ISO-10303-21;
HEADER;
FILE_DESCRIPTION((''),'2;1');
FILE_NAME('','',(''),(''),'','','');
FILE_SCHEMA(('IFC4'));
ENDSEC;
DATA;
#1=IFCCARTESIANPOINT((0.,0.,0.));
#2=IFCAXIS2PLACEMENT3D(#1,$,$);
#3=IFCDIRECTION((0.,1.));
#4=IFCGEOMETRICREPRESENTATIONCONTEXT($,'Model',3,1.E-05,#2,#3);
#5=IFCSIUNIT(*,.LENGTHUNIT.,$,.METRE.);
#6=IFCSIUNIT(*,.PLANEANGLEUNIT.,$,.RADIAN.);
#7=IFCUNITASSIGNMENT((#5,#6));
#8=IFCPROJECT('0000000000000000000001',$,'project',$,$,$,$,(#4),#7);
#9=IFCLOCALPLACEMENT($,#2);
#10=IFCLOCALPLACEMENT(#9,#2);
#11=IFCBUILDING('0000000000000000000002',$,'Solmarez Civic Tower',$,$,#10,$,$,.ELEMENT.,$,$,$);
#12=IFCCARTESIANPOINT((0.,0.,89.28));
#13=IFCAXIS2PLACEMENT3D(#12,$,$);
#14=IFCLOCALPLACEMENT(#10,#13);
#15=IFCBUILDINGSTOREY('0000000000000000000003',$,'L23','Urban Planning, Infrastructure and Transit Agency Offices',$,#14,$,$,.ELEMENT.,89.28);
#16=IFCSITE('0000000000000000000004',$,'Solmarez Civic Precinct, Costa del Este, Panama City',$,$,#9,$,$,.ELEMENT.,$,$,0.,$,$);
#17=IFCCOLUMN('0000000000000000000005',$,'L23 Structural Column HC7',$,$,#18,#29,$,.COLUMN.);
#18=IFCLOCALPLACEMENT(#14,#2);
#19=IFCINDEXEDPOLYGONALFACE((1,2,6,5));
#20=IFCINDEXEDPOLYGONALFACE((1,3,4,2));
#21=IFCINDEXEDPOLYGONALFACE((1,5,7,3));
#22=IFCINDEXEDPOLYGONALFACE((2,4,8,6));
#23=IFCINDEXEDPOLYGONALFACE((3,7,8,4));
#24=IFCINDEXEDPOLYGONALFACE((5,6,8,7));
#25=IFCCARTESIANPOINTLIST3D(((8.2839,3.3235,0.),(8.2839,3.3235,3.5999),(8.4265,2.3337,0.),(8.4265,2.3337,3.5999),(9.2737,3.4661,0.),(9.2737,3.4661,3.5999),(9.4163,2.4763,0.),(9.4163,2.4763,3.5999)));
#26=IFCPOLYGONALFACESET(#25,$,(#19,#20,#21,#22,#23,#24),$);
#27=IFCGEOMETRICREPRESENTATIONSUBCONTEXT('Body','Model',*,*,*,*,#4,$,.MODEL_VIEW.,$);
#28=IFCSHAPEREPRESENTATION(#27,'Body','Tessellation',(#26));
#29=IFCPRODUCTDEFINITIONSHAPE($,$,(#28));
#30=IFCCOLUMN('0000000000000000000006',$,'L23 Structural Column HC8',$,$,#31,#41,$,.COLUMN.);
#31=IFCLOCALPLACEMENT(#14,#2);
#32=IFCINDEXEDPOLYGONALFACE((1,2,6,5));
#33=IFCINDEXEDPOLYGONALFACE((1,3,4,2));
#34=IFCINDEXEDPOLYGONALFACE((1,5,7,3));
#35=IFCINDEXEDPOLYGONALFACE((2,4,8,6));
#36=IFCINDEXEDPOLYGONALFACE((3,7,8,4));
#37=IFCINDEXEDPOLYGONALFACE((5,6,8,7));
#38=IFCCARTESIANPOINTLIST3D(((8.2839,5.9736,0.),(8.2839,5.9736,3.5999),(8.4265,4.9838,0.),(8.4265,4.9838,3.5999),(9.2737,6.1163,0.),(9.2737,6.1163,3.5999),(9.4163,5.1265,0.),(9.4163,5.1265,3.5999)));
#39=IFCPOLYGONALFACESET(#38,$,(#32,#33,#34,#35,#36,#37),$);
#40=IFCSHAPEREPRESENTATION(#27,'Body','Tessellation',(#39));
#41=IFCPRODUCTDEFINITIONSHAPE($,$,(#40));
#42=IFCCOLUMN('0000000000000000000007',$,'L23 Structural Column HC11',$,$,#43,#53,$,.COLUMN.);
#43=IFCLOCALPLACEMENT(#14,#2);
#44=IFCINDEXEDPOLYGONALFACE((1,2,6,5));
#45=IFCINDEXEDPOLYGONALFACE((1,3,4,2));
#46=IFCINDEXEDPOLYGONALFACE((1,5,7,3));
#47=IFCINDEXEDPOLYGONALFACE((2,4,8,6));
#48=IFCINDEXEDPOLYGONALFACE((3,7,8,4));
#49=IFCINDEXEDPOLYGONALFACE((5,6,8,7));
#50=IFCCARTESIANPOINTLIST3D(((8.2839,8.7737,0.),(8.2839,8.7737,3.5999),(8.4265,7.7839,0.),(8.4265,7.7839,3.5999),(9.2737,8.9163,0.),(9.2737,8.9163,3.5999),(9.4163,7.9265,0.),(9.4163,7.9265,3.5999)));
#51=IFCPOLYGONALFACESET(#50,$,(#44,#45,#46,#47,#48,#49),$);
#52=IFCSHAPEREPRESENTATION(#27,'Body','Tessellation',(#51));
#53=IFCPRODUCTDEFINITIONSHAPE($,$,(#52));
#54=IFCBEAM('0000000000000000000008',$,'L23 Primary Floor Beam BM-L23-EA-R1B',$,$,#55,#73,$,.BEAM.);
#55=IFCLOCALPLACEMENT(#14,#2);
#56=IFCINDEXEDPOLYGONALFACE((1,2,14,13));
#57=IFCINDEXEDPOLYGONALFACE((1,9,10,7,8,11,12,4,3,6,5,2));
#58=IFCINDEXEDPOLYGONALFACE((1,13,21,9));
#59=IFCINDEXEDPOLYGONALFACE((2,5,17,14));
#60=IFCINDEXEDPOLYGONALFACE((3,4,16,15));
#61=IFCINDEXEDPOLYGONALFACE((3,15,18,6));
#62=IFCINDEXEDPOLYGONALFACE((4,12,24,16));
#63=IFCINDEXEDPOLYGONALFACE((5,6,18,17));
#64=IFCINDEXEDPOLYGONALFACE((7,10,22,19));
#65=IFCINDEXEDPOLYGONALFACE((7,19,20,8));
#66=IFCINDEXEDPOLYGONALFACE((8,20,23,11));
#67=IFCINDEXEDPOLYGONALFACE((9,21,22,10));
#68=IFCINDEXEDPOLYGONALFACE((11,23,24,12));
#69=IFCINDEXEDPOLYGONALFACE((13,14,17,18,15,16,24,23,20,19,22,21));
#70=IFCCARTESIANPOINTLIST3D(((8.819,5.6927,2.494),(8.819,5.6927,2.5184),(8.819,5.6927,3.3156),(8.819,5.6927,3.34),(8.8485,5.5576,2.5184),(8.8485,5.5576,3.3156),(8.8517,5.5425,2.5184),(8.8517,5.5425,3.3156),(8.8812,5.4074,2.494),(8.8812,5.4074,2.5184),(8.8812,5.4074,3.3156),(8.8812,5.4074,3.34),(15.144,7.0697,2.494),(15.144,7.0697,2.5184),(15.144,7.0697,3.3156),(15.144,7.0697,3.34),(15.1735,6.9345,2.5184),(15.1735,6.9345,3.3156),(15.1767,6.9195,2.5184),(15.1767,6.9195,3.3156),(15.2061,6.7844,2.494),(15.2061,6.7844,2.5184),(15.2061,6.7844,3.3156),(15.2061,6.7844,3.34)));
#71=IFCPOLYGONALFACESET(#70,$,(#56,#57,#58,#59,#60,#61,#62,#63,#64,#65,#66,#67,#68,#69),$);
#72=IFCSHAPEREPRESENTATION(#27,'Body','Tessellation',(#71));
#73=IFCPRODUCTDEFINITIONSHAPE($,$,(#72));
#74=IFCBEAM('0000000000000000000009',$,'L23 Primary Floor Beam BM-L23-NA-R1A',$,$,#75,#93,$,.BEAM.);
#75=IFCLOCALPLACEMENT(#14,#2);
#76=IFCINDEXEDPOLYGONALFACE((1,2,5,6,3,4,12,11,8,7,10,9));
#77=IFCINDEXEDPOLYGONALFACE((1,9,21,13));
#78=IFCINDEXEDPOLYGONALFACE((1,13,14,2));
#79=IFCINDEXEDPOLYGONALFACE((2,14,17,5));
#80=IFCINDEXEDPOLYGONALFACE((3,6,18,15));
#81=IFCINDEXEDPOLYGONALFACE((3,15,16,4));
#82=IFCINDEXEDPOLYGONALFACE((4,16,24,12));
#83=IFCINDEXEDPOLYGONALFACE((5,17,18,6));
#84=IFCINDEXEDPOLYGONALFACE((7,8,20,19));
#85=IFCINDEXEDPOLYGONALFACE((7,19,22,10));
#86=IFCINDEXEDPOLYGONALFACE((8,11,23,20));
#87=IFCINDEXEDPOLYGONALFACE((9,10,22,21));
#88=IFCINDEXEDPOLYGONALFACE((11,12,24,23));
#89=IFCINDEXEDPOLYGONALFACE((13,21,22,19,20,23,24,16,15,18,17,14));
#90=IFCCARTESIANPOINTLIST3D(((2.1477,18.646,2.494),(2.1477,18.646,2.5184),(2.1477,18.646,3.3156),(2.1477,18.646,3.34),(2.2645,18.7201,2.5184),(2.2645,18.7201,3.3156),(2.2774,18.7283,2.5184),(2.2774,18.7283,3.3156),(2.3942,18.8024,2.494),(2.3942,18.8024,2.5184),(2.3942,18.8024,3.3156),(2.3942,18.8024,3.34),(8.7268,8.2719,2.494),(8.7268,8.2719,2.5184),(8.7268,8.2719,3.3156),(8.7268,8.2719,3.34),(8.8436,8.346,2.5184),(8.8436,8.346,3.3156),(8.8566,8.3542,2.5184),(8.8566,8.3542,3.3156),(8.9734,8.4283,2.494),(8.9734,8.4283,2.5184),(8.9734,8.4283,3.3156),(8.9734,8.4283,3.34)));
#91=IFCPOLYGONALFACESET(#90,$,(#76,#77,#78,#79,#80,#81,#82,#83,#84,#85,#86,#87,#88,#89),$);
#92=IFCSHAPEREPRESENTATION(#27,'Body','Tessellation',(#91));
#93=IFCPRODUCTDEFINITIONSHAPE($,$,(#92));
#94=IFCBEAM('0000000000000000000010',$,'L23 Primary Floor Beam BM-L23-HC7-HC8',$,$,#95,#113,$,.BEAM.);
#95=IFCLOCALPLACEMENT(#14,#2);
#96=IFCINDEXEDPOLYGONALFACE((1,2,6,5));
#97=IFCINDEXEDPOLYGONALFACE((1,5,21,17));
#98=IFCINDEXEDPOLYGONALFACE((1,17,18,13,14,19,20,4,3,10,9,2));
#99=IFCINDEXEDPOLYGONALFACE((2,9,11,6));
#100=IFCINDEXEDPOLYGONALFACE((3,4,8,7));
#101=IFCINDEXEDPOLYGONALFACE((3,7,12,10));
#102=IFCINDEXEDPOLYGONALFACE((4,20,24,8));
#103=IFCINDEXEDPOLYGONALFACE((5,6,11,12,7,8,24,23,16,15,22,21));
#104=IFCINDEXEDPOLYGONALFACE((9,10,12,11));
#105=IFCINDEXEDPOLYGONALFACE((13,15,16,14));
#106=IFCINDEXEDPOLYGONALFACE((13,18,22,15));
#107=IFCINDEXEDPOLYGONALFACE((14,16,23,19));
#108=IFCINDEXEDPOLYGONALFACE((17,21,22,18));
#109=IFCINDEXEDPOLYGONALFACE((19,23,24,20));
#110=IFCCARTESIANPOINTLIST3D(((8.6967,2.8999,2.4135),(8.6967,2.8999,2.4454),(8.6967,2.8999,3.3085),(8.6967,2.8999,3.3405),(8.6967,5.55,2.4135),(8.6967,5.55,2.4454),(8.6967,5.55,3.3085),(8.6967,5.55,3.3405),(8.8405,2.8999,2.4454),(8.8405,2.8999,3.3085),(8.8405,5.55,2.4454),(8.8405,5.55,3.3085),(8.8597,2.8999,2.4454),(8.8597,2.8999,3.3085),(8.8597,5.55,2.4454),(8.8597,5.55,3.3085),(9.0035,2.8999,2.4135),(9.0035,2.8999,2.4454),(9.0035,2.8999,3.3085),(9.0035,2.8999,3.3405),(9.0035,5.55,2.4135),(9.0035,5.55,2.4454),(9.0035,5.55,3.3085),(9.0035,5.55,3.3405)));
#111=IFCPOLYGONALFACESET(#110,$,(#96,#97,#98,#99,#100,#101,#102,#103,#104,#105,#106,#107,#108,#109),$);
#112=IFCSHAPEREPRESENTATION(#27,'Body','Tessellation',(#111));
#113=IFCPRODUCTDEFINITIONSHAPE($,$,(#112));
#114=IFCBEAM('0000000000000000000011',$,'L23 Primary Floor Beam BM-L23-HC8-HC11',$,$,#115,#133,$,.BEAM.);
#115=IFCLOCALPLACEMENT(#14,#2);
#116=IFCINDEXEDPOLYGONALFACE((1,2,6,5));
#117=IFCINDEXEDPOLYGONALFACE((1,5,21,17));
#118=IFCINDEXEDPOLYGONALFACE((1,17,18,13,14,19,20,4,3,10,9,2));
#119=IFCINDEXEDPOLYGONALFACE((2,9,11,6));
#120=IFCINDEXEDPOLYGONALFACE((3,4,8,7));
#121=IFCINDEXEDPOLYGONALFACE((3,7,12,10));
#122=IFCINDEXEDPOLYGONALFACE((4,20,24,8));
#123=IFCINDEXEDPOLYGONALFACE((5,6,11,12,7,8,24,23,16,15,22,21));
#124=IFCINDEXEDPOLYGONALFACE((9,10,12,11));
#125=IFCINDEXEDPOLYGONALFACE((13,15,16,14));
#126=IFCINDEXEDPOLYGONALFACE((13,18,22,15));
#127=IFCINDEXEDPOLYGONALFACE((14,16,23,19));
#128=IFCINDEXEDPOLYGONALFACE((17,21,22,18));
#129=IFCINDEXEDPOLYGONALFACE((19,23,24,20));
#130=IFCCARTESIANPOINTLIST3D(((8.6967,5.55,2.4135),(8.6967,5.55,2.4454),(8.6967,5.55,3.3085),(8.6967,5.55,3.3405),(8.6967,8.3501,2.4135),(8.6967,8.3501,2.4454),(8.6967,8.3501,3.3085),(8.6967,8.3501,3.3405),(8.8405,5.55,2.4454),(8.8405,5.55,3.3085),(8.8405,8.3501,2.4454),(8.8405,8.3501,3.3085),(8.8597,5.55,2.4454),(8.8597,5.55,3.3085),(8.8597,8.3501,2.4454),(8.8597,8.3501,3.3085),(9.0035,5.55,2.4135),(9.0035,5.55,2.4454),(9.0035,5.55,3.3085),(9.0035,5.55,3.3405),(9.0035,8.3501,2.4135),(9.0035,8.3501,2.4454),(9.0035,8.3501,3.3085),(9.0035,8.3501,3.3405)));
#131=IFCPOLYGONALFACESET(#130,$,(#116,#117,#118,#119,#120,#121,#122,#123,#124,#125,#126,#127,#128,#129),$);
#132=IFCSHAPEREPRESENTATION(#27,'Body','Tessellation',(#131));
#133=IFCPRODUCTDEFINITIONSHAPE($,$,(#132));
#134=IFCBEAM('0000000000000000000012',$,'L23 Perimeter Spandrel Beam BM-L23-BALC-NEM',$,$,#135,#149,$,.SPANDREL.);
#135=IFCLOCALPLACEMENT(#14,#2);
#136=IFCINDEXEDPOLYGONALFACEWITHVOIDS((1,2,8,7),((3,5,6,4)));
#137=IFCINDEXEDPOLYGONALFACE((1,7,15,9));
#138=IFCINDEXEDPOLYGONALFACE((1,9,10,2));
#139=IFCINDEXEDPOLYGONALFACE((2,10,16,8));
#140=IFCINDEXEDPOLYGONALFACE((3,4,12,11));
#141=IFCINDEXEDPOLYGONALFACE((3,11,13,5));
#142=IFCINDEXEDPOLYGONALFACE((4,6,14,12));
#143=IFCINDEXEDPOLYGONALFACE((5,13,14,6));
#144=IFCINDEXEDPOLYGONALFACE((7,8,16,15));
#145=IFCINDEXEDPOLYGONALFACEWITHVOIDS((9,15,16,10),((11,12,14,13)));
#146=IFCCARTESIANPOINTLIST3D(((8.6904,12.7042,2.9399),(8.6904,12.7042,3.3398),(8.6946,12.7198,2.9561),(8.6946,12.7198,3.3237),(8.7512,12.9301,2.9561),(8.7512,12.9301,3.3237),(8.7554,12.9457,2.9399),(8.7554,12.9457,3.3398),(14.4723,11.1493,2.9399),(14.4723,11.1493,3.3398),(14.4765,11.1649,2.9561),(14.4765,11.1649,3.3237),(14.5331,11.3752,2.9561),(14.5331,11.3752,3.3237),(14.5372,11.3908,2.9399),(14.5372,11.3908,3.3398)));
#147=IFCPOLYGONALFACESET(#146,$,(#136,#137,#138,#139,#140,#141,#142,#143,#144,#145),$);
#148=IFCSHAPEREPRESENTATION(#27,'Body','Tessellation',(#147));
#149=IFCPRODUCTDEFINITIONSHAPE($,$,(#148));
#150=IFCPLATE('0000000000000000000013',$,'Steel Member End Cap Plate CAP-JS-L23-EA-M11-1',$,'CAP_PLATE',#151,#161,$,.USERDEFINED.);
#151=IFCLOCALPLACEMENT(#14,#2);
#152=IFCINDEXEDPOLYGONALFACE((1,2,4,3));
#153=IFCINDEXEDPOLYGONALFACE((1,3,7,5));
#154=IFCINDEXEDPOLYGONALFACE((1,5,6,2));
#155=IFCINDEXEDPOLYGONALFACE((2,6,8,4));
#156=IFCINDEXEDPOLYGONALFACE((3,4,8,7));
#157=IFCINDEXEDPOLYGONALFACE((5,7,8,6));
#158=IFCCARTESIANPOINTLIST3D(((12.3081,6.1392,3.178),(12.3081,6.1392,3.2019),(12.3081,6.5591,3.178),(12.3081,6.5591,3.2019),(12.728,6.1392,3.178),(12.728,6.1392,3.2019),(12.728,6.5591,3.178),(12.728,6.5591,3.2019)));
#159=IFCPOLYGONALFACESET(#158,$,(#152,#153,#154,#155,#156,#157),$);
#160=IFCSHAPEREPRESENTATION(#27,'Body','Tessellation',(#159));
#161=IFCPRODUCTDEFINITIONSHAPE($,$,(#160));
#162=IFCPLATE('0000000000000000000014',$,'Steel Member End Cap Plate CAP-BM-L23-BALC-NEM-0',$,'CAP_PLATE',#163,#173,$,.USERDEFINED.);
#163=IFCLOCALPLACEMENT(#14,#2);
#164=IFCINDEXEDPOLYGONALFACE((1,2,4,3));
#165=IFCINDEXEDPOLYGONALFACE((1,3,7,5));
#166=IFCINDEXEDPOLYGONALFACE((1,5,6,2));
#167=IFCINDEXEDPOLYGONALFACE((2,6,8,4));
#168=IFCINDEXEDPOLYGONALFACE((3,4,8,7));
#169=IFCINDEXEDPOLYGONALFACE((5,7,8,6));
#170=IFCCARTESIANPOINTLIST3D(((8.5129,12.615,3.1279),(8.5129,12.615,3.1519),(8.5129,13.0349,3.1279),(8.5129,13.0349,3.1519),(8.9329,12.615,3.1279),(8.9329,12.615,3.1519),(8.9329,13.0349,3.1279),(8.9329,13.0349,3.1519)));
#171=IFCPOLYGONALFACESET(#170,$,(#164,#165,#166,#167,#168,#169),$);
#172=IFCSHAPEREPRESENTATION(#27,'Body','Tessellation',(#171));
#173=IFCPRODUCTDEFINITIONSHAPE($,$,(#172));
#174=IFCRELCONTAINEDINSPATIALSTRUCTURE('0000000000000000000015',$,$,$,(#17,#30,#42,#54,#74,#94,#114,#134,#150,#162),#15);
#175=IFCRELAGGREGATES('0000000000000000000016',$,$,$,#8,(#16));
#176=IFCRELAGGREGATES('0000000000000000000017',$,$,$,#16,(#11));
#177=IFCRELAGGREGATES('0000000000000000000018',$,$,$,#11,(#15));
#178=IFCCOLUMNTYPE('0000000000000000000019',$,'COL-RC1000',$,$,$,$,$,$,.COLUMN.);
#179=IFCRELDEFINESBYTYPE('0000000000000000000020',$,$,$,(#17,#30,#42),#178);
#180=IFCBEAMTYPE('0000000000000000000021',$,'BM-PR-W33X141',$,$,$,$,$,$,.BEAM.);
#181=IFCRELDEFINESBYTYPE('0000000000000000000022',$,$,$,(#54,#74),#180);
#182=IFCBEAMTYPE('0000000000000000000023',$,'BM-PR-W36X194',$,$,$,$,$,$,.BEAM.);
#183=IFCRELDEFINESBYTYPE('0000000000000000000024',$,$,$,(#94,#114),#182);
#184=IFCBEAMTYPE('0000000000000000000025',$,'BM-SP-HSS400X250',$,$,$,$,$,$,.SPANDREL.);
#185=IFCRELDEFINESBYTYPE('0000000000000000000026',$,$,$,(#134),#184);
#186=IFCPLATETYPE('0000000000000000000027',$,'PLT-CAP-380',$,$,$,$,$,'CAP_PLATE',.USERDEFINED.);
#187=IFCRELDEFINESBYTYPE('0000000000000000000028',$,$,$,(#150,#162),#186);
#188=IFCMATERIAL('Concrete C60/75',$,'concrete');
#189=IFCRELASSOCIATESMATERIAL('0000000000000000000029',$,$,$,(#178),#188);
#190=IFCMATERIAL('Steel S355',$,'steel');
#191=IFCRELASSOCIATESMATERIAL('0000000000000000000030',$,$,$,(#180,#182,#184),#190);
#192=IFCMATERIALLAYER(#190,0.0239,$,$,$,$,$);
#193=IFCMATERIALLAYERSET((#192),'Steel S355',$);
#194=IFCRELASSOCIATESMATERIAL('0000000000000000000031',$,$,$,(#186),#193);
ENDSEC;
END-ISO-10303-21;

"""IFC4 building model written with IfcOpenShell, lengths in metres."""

from ifc_helpers import new_model, si_unit, direction, frame, origin, origin_2d, place, context, subcontext, project, spatial, rectangle, hollow_rectangle, i_section, extrude, material, layer, layer_set, material_profile, profile_set, type_object, element, save


model = new_model("IFC4")

# Units and contexts
model_context = context("Model", 3, precision=1e-05, world=origin(), true_north=direction((0.0, 1.0)))
body_context = subcontext(model_context, "Body", "Model", "MODEL_VIEW")
ifc_project = project(units=[si_unit("LENGTHUNIT", "METRE"), si_unit("PLANEANGLEUNIT", "RADIAN")], contexts=[model_context])

# Site, building, storey
site_placement = place(None, origin())
site = spatial("IfcSite", under=ifc_project, at=site_placement, Name="Solmarez Civic Precinct, Costa del Este, Panama City", CompositionType="ELEMENT", RefElevation=0.0)
building_placement = place(site_placement, origin())
building = spatial("IfcBuilding", under=site, at=building_placement, Name="Solmarez Civic Tower", CompositionType="ELEMENT")
storey_placement = place(building_placement, frame((0.0, 0.0, 89.28)))
storey = spatial("IfcBuildingStorey", under=building, at=storey_placement, Name="L23", Description="Urban Planning, Infrastructure and Transit Agency Offices", CompositionType="ELEMENT", Elevation=89.28)

# Columns
ifc_material_1 = material(Name="Concrete C60/75", Category="concrete")
ifc_material_profile_1 = material_profile(ifc_material_1, rectangle(XDim=1.0, YDim=1.0, at=origin_2d()), Name="RC1000X1000")
ifc_profile_set_1 = profile_set([ifc_material_profile_1], Name="Concrete C60/75")
column_type = type_object("IfcColumnType", Name="COL-RC1000", PredefinedType="COLUMN", material=ifc_profile_set_1)
for number, where, z_axis, x_axis, name in (
    (1, (8.8501, 2.8999, 0.0), (0.0, 0.0, 1.0), (0.989776, 0.142629, 0.0), "L23 Structural Column HC7"),
    (2, (8.8501, 5.55, 0.0), (0.0, 0.0, 1.0), (0.989776, 0.142629, 0.0), "L23 Structural Column HC8"),
    (3, (8.8501, 8.3501, 0.0), (0.0, 0.0, 1.0), (0.989776, 0.142629, 0.0), "L23 Structural Column HC11"),
):
    element("IfcColumn", number, at=place(storey_placement, frame(where, z_axis=z_axis, x_axis=x_axis)), inside=storey, type_object=column_type, Name=name, PredefinedType="COLUMN", context=body_context, shape_type="SweptSolid", body=[
        extrude(rectangle(XDim=1.0, YDim=1.0, at=origin_2d()), origin(), (0.0, 0.0, 1.0), 3.5999),
    ])

# Beams
ifc_material_2 = material(Name="Steel S355", Category="steel")
ifc_material_profile_2 = material_profile(ifc_material_2, i_section(OverallWidth=0.292, OverallDepth=0.8459, WebThickness=0.0154, FlangeThickness=0.0244, at=origin_2d()), Name="W33X141")
ifc_profile_set_2 = profile_set([ifc_material_profile_2], Name="Steel S355")
beam_type_1 = type_object("IfcBeamType", Name="BM-PR-W33X141", PredefinedType="BEAM", material=ifc_profile_set_2)
beam_1_placement = place(storey_placement, frame((8.8501, 5.55, 2.917), z_axis=(0.977113, 0.212719, 0.0), x_axis=(-0.212719, 0.977113, 0.0)))
element("IfcBeam", 4, at=beam_1_placement, inside=storey, type_object=beam_type_1, Name="L23 Primary Floor Beam BM-L23-EA-R1B", PredefinedType="BEAM", context=body_context, shape_type="SweptSolid", body=[
    extrude(i_section(OverallWidth=0.292, OverallDepth=0.8459, WebThickness=0.0154, FlangeThickness=0.0244, at=origin_2d()), origin(), (0.0, 0.0, 1.0), 6.4731),
])
beam_2_placement = place(storey_placement, frame((8.8501, 8.3501, 2.917), z_axis=(-0.535568, 0.844492, 0.0), x_axis=(-0.844492, -0.535568, 0.0)))
element("IfcBeam", 5, at=beam_2_placement, inside=storey, type_object=beam_type_1, Name="L23 Primary Floor Beam BM-L23-NA-R1A", PredefinedType="BEAM", context=body_context, shape_type="SweptSolid", body=[
    extrude(i_section(OverallWidth=0.292, OverallDepth=0.8459, WebThickness=0.0154, FlangeThickness=0.0244, at=origin_2d()), origin(), (0.0, 0.0, 1.0), 12.2844),
])
ifc_material_profile_3 = material_profile(ifc_material_2, i_section(OverallWidth=0.3069, OverallDepth=0.927, WebThickness=0.0193, FlangeThickness=0.032, at=origin_2d()), Name="W36X194")
ifc_profile_set_3 = profile_set([ifc_material_profile_3], Name="Steel S355")
beam_type_2 = type_object("IfcBeamType", Name="BM-PR-W36X194", PredefinedType="BEAM", material=ifc_profile_set_3)
beam_3_placement = place(storey_placement, frame((8.8501, 2.8999, 2.877), z_axis=(0.0, 1.0, 0.0), x_axis=(-1.0, 0.0, 0.0)))
element("IfcBeam", 6, at=beam_3_placement, inside=storey, type_object=beam_type_2, Name="L23 Primary Floor Beam BM-L23-HC7-HC8", PredefinedType="BEAM", context=body_context, shape_type="SweptSolid", body=[
    extrude(i_section(OverallWidth=0.3069, OverallDepth=0.927, WebThickness=0.0193, FlangeThickness=0.032, at=origin_2d()), origin(), (0.0, 0.0, 1.0), 2.6501),
])
beam_4_placement = place(storey_placement, frame((8.8501, 5.55, 2.877), z_axis=(0.0, 1.0, 0.0), x_axis=(-1.0, 0.0, 0.0)))
element("IfcBeam", 7, at=beam_4_placement, inside=storey, type_object=beam_type_2, Name="L23 Primary Floor Beam BM-L23-HC8-HC11", PredefinedType="BEAM", context=body_context, shape_type="SweptSolid", body=[
    extrude(i_section(OverallWidth=0.3069, OverallDepth=0.927, WebThickness=0.0193, FlangeThickness=0.032, at=origin_2d()), origin(), (0.0, 0.0, 1.0), 2.8),
])
ifc_material_profile_4 = material_profile(ifc_material_2, hollow_rectangle(XDim=0.25, YDim=0.3999, WallThickness=0.0161, at=origin_2d()), Name="HSS400X250X16")
ifc_profile_set_4 = profile_set([ifc_material_profile_4], Name="Steel S355")
beam_type_3 = type_object("IfcBeamType", Name="BM-SP-HSS400X250", PredefinedType="SPANDREL", material=ifc_profile_set_4)
beam_5_placement = place(storey_placement, frame((8.7229, 12.825, 3.1399), z_axis=(0.965689, -0.2597, 0.0), x_axis=(0.2597, 0.965689, 0.0)))
element("IfcBeam", 8, at=beam_5_placement, inside=storey, type_object=beam_type_3, Name="L23 Perimeter Spandrel Beam BM-L23-BALC-NEM", PredefinedType="SPANDREL", context=body_context, shape_type="SweptSolid", body=[
    extrude(hollow_rectangle(XDim=0.25, YDim=0.3999, WallThickness=0.0161, at=origin_2d()), origin(), (0.0, 0.0, 1.0), 5.9873),
])

# Plates
ifc_layer_1 = layer(ifc_material_2, 0.0239)
ifc_layer_set_1 = layer_set([ifc_layer_1], Name="Steel S355")
plate_type = type_object("IfcPlateType", Name="PLT-CAP-380", ElementType="CAP_PLATE", PredefinedType="USERDEFINED", material=ifc_layer_set_1)
for number, where, z_axis, x_axis, name in (
    (9, (12.5181, 6.3491, 3.178), (0.0, 0.0, 1.0), (1.0, 0.0, 0.0), "Steel Member End Cap Plate CAP-JS-L23-EA-M11-1"),
    (10, (8.7229, 12.825, 3.1279), (0.0, 0.0, 1.0), (1.0, 0.0, 0.0), "Steel Member End Cap Plate CAP-BM-L23-BALC-NEM-0"),
):
    element("IfcPlate", number, at=place(storey_placement, frame(where, z_axis=z_axis, x_axis=x_axis)), inside=storey, type_object=plate_type, Name=name, ObjectType="CAP_PLATE", PredefinedType="USERDEFINED", context=body_context, shape_type="SweptSolid", body=[
        extrude(rectangle(XDim=0.4199, YDim=0.4199, at=origin_2d()), origin(), (0.0, 0.0, 1.0), 0.0239),
    ])

save(model, "model.ifc")
